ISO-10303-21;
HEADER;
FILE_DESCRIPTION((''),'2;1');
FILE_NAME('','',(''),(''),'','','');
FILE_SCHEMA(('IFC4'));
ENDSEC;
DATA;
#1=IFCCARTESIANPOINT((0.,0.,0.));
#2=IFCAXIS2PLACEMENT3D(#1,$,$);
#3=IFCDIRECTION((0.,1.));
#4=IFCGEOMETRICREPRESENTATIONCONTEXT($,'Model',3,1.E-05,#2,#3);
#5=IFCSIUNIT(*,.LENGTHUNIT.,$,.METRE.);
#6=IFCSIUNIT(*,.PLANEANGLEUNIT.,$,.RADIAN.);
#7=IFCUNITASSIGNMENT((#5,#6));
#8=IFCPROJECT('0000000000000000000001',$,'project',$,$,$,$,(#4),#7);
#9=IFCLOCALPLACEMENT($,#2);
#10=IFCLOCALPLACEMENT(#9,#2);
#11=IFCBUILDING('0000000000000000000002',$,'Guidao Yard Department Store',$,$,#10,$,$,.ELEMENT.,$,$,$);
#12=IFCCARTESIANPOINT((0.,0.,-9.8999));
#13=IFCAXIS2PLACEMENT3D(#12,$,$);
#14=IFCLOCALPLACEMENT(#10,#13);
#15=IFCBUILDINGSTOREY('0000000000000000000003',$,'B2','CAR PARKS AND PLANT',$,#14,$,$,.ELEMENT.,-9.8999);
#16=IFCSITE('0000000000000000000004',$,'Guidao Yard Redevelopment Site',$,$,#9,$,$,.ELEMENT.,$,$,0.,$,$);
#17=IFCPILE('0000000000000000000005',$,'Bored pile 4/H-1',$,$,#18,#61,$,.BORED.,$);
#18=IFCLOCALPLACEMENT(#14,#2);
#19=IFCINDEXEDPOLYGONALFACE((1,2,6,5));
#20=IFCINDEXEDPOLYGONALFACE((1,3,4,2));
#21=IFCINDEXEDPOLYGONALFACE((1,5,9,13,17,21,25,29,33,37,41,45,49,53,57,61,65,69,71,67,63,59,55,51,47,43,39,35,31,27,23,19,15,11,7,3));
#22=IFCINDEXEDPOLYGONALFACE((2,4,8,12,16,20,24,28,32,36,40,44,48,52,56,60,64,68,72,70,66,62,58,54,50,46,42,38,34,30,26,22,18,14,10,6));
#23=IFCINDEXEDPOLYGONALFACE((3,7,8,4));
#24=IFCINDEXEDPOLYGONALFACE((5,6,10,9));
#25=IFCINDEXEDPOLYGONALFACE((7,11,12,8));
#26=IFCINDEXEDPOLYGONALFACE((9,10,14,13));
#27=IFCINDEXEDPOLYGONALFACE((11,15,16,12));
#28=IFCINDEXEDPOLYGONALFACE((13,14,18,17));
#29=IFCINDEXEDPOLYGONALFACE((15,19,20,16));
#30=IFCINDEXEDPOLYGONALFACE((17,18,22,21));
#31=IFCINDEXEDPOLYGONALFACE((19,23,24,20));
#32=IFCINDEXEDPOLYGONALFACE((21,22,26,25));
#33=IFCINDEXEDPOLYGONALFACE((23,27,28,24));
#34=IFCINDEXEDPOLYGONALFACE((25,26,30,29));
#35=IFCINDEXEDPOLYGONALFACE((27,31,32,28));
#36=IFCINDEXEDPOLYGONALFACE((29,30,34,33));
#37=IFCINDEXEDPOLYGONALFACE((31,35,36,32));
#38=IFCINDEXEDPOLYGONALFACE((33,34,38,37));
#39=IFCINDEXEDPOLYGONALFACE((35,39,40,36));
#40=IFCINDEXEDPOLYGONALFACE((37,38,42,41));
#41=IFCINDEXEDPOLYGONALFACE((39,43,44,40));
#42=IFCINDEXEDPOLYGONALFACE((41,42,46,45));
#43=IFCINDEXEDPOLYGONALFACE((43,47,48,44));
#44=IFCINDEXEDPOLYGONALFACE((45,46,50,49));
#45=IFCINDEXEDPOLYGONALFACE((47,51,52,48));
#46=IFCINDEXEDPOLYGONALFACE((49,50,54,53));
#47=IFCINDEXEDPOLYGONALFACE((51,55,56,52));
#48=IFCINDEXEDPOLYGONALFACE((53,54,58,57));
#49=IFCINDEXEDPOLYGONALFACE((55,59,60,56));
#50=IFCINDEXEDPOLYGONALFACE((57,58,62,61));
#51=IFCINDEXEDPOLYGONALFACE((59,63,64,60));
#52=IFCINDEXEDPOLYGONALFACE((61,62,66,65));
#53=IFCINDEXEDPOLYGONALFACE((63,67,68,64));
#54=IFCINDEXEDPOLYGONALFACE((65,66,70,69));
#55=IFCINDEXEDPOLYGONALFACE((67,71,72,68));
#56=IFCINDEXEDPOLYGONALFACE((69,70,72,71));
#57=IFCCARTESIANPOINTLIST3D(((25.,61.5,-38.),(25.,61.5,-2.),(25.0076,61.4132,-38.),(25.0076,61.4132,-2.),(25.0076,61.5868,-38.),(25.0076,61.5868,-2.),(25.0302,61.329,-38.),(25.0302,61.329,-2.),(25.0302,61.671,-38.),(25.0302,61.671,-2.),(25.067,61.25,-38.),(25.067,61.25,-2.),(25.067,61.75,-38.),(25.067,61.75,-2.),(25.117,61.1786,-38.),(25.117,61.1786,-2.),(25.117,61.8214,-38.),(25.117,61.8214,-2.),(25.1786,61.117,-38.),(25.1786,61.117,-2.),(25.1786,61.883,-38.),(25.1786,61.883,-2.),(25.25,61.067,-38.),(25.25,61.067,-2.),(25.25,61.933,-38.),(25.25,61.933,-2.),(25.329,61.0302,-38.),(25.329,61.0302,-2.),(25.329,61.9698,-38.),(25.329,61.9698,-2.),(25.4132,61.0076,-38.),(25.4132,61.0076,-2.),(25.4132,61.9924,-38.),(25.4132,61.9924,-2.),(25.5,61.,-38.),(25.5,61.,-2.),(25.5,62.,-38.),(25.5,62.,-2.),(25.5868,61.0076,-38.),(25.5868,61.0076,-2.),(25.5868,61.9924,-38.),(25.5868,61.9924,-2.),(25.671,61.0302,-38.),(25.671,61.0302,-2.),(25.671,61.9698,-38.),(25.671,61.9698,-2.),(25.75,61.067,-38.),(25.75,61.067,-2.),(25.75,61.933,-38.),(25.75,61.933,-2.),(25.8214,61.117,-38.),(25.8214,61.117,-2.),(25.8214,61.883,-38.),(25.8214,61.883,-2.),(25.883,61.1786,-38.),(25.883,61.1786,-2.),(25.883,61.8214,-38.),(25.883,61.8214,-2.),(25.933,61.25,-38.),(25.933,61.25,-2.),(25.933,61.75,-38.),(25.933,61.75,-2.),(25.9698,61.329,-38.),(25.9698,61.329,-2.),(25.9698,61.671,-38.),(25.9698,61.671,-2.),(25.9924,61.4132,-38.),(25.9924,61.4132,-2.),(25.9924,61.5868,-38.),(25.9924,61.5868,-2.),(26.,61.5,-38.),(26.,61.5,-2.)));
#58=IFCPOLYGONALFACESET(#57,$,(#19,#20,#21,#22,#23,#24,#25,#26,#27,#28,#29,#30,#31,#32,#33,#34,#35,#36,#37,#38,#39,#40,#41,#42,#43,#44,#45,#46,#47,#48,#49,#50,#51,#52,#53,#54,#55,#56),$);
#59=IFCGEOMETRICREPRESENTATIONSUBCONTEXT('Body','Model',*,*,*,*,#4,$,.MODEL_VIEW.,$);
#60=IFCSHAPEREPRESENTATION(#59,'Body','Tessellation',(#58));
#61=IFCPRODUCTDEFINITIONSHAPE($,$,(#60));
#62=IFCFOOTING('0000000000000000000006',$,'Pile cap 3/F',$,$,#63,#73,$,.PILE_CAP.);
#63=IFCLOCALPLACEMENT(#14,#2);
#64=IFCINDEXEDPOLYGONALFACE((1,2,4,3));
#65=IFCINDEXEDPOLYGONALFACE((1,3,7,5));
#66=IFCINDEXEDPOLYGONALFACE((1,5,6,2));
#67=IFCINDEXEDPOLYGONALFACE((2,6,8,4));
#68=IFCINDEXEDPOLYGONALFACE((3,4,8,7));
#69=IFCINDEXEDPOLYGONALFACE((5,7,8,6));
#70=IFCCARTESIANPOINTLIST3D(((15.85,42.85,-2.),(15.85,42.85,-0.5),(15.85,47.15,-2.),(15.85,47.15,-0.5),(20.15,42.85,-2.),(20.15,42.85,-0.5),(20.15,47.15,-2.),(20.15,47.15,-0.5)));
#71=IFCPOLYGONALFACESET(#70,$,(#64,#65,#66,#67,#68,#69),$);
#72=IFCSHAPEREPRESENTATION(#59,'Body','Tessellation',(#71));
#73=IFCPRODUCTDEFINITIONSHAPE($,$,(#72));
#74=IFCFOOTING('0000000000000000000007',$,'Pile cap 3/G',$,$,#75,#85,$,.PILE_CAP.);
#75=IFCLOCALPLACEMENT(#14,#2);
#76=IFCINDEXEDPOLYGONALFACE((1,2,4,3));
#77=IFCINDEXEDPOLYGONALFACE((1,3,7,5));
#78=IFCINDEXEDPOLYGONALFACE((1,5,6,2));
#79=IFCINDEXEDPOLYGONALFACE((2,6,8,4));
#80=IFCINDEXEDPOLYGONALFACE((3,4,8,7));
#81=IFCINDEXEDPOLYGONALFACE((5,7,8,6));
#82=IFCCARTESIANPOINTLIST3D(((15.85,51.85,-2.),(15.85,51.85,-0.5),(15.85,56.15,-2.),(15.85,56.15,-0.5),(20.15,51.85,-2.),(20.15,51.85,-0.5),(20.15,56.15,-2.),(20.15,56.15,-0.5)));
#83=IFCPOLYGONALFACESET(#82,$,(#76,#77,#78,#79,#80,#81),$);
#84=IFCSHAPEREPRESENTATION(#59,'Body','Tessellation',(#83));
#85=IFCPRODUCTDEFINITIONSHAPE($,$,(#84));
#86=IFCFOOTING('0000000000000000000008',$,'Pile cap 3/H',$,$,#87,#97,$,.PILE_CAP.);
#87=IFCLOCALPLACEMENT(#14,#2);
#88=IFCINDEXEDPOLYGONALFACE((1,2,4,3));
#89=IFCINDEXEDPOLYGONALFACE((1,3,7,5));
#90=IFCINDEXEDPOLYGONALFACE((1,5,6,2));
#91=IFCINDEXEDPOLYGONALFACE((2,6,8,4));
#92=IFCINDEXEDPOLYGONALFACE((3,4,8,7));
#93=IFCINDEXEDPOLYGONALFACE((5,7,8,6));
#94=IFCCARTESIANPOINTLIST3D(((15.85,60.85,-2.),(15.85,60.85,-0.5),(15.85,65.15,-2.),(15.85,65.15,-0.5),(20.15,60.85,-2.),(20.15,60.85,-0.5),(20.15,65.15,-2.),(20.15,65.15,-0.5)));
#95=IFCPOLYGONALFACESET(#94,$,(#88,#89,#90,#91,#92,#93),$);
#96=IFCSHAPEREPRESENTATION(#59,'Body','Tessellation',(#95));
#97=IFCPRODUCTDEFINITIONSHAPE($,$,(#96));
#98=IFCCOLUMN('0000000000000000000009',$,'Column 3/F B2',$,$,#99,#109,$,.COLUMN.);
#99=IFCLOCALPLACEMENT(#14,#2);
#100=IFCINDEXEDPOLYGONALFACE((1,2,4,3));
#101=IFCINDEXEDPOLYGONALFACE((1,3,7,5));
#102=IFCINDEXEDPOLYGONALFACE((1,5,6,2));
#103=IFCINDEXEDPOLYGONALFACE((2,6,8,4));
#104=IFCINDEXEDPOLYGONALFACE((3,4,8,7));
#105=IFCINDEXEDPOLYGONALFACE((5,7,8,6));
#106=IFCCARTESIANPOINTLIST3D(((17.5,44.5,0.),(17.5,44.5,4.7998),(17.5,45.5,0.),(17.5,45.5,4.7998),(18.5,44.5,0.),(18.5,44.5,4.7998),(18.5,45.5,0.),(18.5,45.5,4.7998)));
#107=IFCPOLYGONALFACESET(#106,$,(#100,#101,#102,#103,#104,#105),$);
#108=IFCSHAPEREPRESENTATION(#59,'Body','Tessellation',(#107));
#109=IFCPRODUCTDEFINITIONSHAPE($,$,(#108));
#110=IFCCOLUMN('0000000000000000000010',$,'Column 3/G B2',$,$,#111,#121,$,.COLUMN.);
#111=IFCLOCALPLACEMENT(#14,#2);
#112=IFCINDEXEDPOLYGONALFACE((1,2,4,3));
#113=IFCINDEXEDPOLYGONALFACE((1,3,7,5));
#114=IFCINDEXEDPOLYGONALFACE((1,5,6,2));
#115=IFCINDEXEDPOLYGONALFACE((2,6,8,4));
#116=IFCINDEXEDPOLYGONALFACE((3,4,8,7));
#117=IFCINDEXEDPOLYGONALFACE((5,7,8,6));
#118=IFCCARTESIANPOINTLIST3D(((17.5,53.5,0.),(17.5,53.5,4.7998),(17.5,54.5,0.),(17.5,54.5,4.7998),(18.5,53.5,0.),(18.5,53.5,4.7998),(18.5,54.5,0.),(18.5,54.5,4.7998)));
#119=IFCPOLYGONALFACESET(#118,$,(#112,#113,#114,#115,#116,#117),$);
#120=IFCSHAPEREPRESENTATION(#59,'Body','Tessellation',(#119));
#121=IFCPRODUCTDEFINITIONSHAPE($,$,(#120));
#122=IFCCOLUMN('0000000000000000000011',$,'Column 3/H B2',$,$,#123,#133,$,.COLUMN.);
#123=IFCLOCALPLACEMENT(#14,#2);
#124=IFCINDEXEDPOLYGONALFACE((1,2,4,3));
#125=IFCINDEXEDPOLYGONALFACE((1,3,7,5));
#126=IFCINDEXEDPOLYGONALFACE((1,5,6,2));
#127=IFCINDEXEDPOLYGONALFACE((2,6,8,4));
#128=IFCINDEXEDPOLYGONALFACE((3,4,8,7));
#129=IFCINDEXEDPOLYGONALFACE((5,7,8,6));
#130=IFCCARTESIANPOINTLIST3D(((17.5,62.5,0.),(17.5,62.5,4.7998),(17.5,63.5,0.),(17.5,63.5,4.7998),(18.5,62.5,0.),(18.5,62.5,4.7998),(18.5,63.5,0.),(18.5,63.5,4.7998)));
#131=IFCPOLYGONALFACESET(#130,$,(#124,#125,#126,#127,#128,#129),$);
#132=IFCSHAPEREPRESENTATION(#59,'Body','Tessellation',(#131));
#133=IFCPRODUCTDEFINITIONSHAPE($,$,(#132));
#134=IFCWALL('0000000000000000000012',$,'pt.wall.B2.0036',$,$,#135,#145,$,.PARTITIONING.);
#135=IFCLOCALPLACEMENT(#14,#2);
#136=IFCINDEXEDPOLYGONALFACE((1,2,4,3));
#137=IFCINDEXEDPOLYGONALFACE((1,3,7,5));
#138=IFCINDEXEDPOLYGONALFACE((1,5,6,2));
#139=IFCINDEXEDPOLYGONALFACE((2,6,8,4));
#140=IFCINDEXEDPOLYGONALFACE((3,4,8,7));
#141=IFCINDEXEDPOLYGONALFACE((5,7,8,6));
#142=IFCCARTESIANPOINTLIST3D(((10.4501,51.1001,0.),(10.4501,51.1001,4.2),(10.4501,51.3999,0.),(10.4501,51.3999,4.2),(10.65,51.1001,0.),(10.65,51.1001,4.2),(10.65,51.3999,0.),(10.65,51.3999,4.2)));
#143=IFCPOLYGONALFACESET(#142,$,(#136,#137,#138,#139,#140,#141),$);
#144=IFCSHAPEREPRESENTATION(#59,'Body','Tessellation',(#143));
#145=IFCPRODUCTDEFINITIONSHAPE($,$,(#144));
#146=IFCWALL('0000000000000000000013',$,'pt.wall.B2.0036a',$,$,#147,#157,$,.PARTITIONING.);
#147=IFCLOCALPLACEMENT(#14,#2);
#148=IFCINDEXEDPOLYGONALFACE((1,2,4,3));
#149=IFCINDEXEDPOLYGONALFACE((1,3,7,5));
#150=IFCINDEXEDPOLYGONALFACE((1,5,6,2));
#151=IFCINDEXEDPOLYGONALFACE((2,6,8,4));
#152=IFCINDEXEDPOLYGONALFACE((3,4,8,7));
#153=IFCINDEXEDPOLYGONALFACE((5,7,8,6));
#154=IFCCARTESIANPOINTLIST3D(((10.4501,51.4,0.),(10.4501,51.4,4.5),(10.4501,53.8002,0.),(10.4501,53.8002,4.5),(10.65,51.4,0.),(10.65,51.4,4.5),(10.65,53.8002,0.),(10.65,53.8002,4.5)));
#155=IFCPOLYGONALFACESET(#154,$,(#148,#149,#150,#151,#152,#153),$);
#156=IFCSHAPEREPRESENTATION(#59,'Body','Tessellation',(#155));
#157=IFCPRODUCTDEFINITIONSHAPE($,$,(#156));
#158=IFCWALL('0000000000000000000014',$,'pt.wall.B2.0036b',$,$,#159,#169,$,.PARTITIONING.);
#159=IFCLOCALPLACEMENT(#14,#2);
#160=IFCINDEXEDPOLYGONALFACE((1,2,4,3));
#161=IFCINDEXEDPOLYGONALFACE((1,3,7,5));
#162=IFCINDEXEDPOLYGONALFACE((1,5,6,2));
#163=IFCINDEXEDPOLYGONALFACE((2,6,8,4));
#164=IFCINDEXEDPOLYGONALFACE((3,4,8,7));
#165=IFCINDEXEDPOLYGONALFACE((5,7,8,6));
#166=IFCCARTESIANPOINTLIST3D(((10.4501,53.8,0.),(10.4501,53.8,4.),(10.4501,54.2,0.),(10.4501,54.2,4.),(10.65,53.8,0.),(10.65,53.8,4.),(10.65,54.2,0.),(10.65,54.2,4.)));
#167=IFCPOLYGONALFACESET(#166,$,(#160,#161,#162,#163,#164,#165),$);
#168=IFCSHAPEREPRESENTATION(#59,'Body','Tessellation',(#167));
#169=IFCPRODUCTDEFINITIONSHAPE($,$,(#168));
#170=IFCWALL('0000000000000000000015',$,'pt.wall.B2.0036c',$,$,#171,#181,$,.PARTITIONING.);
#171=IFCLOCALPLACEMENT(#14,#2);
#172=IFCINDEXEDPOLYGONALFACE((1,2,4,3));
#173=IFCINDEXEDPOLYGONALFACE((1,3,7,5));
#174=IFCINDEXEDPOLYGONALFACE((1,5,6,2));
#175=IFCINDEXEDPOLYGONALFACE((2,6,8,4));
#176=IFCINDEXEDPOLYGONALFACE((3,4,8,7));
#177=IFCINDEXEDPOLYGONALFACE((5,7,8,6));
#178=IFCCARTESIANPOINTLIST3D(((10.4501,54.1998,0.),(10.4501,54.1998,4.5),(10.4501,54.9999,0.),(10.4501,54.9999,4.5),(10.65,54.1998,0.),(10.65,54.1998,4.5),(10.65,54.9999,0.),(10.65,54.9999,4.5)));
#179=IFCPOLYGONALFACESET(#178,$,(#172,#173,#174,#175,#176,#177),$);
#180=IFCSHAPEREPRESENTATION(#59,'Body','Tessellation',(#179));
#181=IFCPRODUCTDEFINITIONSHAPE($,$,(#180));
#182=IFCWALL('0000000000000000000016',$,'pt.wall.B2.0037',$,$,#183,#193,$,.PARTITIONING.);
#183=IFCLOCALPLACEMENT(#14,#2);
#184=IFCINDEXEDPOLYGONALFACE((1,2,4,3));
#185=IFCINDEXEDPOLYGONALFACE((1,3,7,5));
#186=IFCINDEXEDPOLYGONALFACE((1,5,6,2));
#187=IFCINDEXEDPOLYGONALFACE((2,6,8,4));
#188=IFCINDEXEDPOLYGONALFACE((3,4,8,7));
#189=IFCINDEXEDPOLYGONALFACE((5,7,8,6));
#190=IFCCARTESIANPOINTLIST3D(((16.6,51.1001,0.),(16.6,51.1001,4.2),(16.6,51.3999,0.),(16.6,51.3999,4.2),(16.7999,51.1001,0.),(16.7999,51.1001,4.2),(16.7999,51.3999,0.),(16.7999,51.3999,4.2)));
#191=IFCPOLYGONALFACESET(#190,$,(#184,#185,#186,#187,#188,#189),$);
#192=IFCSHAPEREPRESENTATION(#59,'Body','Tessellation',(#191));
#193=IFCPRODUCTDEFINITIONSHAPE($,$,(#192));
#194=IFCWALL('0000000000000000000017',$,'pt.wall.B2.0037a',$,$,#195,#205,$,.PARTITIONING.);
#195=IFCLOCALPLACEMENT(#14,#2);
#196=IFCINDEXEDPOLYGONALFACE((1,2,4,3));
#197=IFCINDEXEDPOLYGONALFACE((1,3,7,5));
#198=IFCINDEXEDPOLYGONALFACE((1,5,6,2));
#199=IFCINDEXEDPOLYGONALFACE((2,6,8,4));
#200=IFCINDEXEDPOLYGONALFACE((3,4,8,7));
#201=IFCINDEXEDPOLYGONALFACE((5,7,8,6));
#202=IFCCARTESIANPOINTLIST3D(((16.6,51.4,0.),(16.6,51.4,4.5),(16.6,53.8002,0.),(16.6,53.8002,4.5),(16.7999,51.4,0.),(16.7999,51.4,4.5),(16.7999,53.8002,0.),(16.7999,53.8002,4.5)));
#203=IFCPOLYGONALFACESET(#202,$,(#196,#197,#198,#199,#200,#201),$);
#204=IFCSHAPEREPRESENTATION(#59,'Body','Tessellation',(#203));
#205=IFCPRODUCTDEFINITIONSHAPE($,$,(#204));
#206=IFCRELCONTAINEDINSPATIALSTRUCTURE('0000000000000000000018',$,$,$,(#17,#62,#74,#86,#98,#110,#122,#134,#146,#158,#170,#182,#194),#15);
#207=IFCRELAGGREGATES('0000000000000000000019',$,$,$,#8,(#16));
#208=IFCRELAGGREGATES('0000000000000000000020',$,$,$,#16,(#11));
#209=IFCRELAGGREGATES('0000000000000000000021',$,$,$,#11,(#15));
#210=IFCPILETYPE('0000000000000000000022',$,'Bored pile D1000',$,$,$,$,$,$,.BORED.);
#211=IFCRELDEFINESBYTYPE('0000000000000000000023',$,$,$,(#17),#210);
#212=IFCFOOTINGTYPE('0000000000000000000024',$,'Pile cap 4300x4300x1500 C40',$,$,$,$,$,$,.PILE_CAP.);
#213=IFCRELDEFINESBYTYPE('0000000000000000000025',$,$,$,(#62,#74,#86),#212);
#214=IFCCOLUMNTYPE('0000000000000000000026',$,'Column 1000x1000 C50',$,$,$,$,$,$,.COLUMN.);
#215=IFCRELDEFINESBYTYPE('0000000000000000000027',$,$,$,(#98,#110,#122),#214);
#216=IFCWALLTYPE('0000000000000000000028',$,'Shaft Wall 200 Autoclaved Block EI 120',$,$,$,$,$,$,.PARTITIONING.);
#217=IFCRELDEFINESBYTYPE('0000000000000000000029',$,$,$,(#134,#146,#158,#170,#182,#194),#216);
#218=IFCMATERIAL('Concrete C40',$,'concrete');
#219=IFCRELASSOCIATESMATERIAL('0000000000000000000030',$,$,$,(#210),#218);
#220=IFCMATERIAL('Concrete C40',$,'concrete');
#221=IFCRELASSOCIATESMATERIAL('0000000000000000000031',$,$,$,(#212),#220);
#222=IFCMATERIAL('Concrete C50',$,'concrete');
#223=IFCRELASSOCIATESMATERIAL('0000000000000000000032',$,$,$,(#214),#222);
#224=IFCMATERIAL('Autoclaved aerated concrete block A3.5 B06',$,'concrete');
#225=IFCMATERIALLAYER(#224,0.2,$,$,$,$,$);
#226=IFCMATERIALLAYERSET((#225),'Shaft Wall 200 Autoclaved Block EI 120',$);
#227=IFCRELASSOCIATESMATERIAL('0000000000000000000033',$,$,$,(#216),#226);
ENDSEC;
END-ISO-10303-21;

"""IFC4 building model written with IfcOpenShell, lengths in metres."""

from ifc_helpers import new_model, si_unit, direction, frame, frame_2d, origin, origin_2d, place, context, subcontext, project, spatial, rectangle, circle, extrude, material, layer, layer_set, material_profile, profile_set, type_object, element, save


model = new_model("IFC4")

# Units and contexts
model_context = context("Model", 3, precision=1e-05, world=origin(), true_north=direction((0.0, 1.0)))
body_context = subcontext(model_context, "Body", "Model", "MODEL_VIEW")
ifc_project = project(units=[si_unit("LENGTHUNIT", "METRE"), si_unit("PLANEANGLEUNIT", "RADIAN")], contexts=[model_context])

# Site, building, storey
site_placement = place(None, origin())
site = spatial("IfcSite", under=ifc_project, at=site_placement, Name="Guidao Yard Redevelopment Site", CompositionType="ELEMENT", RefElevation=0.0)
building_placement = place(site_placement, origin())
building = spatial("IfcBuilding", under=site, at=building_placement, Name="Guidao Yard Department Store", CompositionType="ELEMENT")
storey_placement = place(building_placement, frame((0.0, 0.0, -9.8999)))
storey = spatial("IfcBuildingStorey", under=building, at=storey_placement, Name="B2", Description="CAR PARKS AND PLANT", CompositionType="ELEMENT", Elevation=-9.8999)

# Pile
ifc_material_1 = material(Name="Concrete C40", Category="concrete")
ifc_material_profile_1 = material_profile(ifc_material_1, circle(Radius=0.5, at=origin_2d()), Name="Bored pile D1000")
ifc_profile_set_1 = profile_set([ifc_material_profile_1], Name="Concrete C40")
pile_type = type_object("IfcPileType", Name="Bored pile D1000", PredefinedType="BORED", material=ifc_profile_set_1)
for number, where, z_axis, x_axis, name in (
    (1, (25.5, 61.5, -2.0), (0.0, 0.0, -1.0), (1.0, 0.0, 0.0), "Bored pile 4/H-1"),
):
    element("IfcPile", number, at=place(storey_placement, frame(where, z_axis=z_axis, x_axis=x_axis)), inside=storey, type_object=pile_type, Name=name, PredefinedType="BORED", context=body_context, shape_type="SweptSolid", body=[
        extrude(circle(Radius=0.5, at=origin_2d()), origin(), (0.0, 0.0, 1.0), 36.0),
    ])

# Footings
ifc_material_2 = material(Name="Concrete C40", Category="concrete")
footing_type = type_object("IfcFootingType", Name="Pile cap 4300x4300x1500 C40", PredefinedType="PILE_CAP", material=ifc_material_2)
for number, where, z_axis, x_axis, name in (
    (2, (18.0, 45.0, -2.0), (0.0, 0.0, 1.0), (1.0, 0.0, 0.0), "Pile cap 3/F"),
    (3, (18.0, 54.0, -2.0), (0.0, 0.0, 1.0), (1.0, 0.0, 0.0), "Pile cap 3/G"),
    (4, (18.0, 63.0, -2.0), (0.0, 0.0, 1.0), (1.0, 0.0, 0.0), "Pile cap 3/H"),
):
    element("IfcFooting", number, at=place(storey_placement, frame(where, z_axis=z_axis, x_axis=x_axis)), inside=storey, type_object=footing_type, Name=name, PredefinedType="PILE_CAP", context=body_context, shape_type="SweptSolid", body=[
        extrude(rectangle(XDim=4.3, YDim=4.3, at=origin_2d()), origin(), (0.0, 0.0, 1.0), 1.5),
    ])

# Columns
ifc_material_3 = material(Name="Concrete C50", Category="concrete")
ifc_material_profile_2 = material_profile(ifc_material_3, rectangle(XDim=1.0, YDim=1.0, at=origin_2d()), Name="COL 1000x1000")
ifc_profile_set_2 = profile_set([ifc_material_profile_2], Name="Concrete C50")
column_type = type_object("IfcColumnType", Name="Column 1000x1000 C50", PredefinedType="COLUMN", material=ifc_profile_set_2)
for number, where, z_axis, x_axis, name in (
    (5, (18.0, 45.0, 0.0), (0.0, 0.0, 1.0), (1.0, 0.0, 0.0), "Column 3/F B2"),
    (6, (18.0, 54.0, 0.0), (0.0, 0.0, 1.0), (1.0, 0.0, 0.0), "Column 3/G B2"),
    (7, (18.0, 63.0, 0.0), (0.0, 0.0, 1.0), (1.0, 0.0, 0.0), "Column 3/H B2"),
):
    element("IfcColumn", number, at=place(storey_placement, frame(where, z_axis=z_axis, x_axis=x_axis)), inside=storey, type_object=column_type, Name=name, PredefinedType="COLUMN", context=body_context, shape_type="SweptSolid", body=[
        extrude(rectangle(XDim=1.0, YDim=1.0, at=origin_2d()), origin(), (0.0, 0.0, 1.0), 4.7998),
    ])

# Walls
ifc_material_4 = material(Name="Autoclaved aerated concrete block A3.5 B06", Category="concrete")
ifc_layer_1 = layer(ifc_material_4, 0.2)
ifc_layer_set_1 = layer_set([ifc_layer_1], Name="Shaft Wall 200 Autoclaved Block EI 120")
wall_type_1 = type_object("IfcWallType", Name="Shaft Wall 200 Autoclaved Block EI 120", PredefinedType="PARTITIONING", material=ifc_layer_set_1)
wall_1_placement = place(storey_placement, frame((10.55, 51.1001, 0.0), z_axis=(0.0, 0.0, 1.0), x_axis=(0.0, 1.0, 0.0)))
element("IfcWall", 8, at=wall_1_placement, inside=storey, type_object=wall_type_1, Name="pt.wall.B2.0036", PredefinedType="PARTITIONING", context=body_context, shape_type="SweptSolid", body=[
    extrude(rectangle(XDim=0.2998, YDim=0.2, at=frame_2d((0.1499, 0.0))), origin(), (0.0, 0.0, 1.0), 4.2),
])
wall_2_placement = place(storey_placement, frame((10.55, 51.3999, 0.0), z_axis=(0.0, 0.0, 1.0), x_axis=(0.0, 1.0, 0.0)))
element("IfcWall", 9, at=wall_2_placement, inside=storey, type_object=wall_type_1, Name="pt.wall.B2.0036a", PredefinedType="PARTITIONING", context=body_context, shape_type="SweptSolid", body=[
    extrude(rectangle(XDim=2.4001, YDim=0.2, at=frame_2d((1.2002, 0.0))), origin(), (0.0, 0.0, 1.0), 4.5),
])
wall_3_placement = place(storey_placement, frame((10.55, 53.8, 0.0), z_axis=(0.0, 0.0, 1.0), x_axis=(0.0, 1.0, 0.0)))
element("IfcWall", 10, at=wall_3_placement, inside=storey, type_object=wall_type_1, Name="pt.wall.B2.0036b", PredefinedType="PARTITIONING", context=body_context, shape_type="SweptSolid", body=[
    extrude(rectangle(XDim=0.3999, YDim=0.2, at=frame_2d((0.2, 0.0))), origin(), (0.0, 0.0, 1.0), 4.0),
])
wall_4_placement = place(storey_placement, frame((10.55, 54.2, 0.0), z_axis=(0.0, 0.0, 1.0), x_axis=(0.0, 1.0, 0.0)))
element("IfcWall", 11, at=wall_4_placement, inside=storey, type_object=wall_type_1, Name="pt.wall.B2.0036c", PredefinedType="PARTITIONING", context=body_context, shape_type="SweptSolid", body=[
    extrude(rectangle(XDim=0.8, YDim=0.2, at=frame_2d((0.3999, 0.0))), origin(), (0.0, 0.0, 1.0), 4.5),
])
wall_5_placement = place(storey_placement, frame((16.7, 51.1001, 0.0), z_axis=(0.0, 0.0, 1.0), x_axis=(0.0, 1.0, 0.0)))
element("IfcWall", 12, at=wall_5_placement, inside=storey, type_object=wall_type_1, Name="pt.wall.B2.0037", PredefinedType="PARTITIONING", context=body_context, shape_type="SweptSolid", body=[
    extrude(rectangle(XDim=0.2998, YDim=0.2, at=frame_2d((0.1499, 0.0))), origin(), (0.0, 0.0, 1.0), 4.2),
])
wall_6_placement = place(storey_placement, frame((16.7, 51.3999, 0.0), z_axis=(0.0, 0.0, 1.0), x_axis=(0.0, 1.0, 0.0)))
element("IfcWall", 13, at=wall_6_placement, inside=storey, type_object=wall_type_1, Name="pt.wall.B2.0037a", PredefinedType="PARTITIONING", context=body_context, shape_type="SweptSolid", body=[
    extrude(rectangle(XDim=2.4001, YDim=0.2, at=frame_2d((1.2002, 0.0))), origin(), (0.0, 0.0, 1.0), 4.5),
])

save(model, "model.ifc")
